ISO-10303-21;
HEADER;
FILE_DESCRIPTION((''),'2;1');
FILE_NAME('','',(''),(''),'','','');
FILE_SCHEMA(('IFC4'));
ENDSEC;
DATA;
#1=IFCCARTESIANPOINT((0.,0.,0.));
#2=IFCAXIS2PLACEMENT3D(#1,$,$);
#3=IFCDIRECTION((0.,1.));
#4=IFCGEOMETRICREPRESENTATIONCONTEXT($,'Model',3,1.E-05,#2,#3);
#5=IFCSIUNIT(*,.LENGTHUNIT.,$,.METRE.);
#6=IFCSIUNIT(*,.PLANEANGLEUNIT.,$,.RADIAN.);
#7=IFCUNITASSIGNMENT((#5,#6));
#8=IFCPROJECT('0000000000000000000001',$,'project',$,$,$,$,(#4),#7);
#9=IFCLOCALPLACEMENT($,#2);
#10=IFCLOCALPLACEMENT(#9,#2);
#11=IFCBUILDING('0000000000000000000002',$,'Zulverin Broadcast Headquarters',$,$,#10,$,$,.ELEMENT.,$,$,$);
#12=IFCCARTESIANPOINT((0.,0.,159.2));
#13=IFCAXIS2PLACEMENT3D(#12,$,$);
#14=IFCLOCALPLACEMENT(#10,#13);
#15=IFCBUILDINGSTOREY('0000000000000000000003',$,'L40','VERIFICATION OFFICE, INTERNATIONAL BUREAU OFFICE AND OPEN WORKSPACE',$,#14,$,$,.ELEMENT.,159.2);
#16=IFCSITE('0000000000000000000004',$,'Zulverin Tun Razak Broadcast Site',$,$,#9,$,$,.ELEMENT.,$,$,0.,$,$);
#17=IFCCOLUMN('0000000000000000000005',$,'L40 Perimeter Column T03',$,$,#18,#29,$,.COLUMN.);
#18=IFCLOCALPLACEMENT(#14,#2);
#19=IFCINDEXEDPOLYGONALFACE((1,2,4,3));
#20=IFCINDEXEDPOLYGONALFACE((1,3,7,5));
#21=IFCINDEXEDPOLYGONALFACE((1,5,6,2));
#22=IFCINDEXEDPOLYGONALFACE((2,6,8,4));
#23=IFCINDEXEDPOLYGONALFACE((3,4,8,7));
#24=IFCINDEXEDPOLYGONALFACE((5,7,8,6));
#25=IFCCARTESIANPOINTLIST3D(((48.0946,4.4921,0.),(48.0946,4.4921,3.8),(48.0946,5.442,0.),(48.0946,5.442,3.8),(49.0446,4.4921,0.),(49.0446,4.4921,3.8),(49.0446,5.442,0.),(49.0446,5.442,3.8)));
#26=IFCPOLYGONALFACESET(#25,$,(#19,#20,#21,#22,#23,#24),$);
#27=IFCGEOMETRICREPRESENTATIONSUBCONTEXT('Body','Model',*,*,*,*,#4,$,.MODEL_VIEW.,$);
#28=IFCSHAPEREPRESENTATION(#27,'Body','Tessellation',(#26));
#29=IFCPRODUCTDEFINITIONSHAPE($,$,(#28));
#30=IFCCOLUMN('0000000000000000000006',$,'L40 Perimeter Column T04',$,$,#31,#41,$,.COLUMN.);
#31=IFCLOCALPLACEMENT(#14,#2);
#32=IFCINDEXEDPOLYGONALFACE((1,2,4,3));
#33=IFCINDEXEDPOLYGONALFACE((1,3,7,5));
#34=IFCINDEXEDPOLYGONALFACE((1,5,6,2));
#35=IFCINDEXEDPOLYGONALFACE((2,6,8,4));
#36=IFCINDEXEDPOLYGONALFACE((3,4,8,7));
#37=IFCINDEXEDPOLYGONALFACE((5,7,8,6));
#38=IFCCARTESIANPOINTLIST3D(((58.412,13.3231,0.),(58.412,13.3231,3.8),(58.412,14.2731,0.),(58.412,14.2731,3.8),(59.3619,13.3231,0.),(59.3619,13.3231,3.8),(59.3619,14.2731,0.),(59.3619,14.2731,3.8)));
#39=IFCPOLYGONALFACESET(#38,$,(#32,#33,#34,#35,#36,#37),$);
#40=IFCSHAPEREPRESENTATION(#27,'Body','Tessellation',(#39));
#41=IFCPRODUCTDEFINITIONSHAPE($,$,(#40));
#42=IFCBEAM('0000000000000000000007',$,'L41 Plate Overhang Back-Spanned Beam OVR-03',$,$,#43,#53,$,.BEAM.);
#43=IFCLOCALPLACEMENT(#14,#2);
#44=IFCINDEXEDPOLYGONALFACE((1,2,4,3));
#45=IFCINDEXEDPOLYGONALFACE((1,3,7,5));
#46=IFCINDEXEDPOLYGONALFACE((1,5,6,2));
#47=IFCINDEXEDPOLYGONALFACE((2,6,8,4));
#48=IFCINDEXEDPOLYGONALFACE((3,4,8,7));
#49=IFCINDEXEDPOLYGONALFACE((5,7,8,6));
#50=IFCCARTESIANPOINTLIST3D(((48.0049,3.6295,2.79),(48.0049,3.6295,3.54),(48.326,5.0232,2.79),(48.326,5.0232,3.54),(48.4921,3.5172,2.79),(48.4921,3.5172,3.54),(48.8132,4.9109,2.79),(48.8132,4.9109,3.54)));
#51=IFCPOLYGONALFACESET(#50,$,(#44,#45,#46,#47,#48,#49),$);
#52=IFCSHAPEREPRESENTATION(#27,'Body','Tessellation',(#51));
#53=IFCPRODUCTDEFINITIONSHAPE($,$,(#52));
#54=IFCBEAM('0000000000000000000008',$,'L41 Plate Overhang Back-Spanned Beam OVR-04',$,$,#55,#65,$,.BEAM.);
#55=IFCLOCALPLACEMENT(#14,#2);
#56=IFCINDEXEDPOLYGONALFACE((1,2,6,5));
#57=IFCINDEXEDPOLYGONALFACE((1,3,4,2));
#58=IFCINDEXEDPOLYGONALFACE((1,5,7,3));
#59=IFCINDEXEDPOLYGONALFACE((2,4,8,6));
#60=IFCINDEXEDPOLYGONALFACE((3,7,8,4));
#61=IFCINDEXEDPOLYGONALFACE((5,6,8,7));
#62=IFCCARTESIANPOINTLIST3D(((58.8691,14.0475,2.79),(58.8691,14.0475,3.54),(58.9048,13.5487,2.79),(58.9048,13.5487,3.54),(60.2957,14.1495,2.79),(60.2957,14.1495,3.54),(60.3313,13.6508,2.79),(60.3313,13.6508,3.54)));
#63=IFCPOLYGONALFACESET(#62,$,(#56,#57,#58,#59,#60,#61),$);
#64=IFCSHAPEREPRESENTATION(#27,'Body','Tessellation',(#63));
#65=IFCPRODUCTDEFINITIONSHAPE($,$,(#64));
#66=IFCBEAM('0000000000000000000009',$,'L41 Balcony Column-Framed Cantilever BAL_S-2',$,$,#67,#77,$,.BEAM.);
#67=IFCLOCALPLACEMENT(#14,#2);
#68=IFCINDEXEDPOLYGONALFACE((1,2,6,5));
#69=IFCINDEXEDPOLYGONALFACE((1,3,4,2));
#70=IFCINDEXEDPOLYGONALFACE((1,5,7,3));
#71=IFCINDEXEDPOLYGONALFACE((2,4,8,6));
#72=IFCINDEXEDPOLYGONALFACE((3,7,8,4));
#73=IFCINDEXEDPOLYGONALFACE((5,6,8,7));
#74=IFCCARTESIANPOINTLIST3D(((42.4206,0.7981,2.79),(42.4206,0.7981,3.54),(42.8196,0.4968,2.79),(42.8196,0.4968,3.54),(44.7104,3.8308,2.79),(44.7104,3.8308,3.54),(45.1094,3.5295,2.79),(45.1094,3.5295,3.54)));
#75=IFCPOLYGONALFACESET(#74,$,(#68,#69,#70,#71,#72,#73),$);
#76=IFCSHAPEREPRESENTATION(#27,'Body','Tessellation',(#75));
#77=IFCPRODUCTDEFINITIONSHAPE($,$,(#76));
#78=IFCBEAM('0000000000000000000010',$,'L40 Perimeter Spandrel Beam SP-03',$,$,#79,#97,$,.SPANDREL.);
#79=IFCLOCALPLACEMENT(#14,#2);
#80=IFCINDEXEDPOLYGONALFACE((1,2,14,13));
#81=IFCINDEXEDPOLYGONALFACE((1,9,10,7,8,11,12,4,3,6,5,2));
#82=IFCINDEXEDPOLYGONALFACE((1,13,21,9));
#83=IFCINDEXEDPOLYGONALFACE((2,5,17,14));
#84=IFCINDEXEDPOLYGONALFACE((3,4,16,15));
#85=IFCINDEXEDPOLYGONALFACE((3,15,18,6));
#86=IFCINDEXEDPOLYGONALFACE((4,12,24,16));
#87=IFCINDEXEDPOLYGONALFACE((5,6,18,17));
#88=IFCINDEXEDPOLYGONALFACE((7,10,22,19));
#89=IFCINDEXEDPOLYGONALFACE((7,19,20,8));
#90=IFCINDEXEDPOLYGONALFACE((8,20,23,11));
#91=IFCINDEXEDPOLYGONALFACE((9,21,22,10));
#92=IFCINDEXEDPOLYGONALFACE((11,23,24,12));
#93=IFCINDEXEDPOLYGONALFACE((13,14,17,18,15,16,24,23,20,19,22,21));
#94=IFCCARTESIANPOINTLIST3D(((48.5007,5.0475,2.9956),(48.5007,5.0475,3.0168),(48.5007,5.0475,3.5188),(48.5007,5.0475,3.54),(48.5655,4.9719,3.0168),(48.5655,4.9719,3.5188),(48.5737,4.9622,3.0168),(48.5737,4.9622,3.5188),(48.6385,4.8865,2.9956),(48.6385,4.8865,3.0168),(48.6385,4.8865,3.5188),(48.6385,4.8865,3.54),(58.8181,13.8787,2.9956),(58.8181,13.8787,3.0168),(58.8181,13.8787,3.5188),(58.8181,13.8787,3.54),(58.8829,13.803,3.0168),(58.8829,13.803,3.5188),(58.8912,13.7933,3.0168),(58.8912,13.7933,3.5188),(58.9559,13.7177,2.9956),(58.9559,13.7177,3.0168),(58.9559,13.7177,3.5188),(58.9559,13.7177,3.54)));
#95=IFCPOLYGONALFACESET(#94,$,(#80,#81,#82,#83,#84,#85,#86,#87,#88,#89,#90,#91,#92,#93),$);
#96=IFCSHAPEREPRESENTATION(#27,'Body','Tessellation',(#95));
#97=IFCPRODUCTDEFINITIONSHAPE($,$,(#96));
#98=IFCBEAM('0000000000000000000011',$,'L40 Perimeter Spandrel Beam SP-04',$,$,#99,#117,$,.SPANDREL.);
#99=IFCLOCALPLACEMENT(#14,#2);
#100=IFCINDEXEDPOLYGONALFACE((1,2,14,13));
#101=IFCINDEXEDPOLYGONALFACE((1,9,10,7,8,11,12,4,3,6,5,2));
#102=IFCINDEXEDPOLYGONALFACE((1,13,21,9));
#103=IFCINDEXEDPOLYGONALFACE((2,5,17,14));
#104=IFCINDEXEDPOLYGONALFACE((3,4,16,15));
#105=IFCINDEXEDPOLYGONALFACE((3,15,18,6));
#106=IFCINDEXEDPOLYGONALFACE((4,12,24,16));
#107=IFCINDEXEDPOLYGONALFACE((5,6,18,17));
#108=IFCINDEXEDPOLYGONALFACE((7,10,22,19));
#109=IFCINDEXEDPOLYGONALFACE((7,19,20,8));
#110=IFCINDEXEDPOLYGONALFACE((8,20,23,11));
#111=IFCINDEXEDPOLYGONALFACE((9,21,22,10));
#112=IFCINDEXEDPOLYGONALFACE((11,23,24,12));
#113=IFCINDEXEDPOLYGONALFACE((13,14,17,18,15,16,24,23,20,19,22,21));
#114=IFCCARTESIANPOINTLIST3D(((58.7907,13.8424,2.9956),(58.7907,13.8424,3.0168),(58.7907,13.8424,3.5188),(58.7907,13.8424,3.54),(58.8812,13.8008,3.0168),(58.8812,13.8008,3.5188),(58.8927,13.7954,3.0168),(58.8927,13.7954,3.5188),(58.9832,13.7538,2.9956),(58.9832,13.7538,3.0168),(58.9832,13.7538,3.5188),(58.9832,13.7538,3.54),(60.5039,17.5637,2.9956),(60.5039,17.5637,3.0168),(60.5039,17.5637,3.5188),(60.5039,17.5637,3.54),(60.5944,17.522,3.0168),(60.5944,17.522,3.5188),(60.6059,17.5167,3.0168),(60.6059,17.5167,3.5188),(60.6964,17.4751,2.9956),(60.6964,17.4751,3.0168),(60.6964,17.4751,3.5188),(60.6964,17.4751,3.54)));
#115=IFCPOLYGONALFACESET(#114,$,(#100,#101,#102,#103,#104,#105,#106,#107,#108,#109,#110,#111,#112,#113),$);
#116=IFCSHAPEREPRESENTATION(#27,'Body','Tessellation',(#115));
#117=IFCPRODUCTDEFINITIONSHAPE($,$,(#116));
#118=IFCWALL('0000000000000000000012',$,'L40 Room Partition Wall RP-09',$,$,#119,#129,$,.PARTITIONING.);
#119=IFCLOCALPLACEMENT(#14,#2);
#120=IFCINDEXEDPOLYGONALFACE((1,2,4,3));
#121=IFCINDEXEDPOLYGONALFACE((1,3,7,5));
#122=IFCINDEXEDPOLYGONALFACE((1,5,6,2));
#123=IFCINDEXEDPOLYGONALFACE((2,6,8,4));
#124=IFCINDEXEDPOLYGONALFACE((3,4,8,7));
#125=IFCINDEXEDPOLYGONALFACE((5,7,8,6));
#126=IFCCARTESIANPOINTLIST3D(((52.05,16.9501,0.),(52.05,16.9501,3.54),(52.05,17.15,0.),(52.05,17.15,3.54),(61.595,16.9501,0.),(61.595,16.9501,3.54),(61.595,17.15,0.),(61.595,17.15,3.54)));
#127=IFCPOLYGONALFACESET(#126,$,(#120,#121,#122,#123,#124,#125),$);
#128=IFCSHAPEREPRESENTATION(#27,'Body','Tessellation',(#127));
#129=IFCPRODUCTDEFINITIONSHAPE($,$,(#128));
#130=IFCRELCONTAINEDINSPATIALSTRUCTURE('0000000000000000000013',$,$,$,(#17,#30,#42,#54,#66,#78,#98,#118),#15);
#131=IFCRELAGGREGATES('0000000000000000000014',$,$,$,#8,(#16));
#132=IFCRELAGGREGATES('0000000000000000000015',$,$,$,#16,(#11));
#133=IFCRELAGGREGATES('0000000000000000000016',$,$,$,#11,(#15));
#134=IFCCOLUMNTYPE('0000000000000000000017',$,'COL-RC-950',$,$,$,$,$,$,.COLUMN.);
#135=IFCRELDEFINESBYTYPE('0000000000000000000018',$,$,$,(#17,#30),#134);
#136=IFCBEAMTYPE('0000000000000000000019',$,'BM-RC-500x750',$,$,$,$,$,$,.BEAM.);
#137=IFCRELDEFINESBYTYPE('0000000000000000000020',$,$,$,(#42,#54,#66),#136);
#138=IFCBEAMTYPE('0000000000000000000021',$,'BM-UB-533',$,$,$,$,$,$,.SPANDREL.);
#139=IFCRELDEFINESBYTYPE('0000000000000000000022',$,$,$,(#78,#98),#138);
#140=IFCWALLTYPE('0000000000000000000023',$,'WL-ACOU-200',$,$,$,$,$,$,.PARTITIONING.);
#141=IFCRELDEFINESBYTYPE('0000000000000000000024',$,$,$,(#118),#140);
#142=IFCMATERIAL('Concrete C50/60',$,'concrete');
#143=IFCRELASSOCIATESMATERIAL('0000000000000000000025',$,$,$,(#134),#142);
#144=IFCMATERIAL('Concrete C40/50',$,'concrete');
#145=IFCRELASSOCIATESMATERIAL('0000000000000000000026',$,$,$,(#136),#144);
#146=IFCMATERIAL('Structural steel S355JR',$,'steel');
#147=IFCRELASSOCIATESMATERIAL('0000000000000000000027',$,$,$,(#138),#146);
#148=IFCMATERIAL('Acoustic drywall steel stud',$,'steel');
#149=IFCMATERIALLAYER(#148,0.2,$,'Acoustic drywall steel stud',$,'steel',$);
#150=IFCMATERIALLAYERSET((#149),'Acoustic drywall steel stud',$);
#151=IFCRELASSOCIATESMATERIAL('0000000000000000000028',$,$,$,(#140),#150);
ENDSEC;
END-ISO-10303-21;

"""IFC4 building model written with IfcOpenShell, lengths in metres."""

from ifc_helpers import new_model, si_unit, direction, frame, frame_2d, origin, origin_2d, place, context, subcontext, project, spatial, rectangle, i_section, extrude, material, layer, layer_set, material_profile, profile_set, type_object, element, save


model = new_model("IFC4")

# Units and contexts
model_context = context("Model", 3, precision=1e-05, world=origin(), true_north=direction((0.0, 1.0)))
body_context = subcontext(model_context, "Body", "Model", "MODEL_VIEW")
ifc_project = project(units=[si_unit("LENGTHUNIT", "METRE"), si_unit("PLANEANGLEUNIT", "RADIAN")], contexts=[model_context])

# Site, building, storey
site_placement = place(None, origin())
site = spatial("IfcSite", under=ifc_project, at=site_placement, Name="Zulverin Tun Razak Broadcast Site", CompositionType="ELEMENT", RefElevation=0.0)
building_placement = place(site_placement, origin())
building = spatial("IfcBuilding", under=site, at=building_placement, Name="Zulverin Broadcast Headquarters", CompositionType="ELEMENT")
storey_placement = place(building_placement, frame((0.0, 0.0, 159.2)))
storey = spatial("IfcBuildingStorey", under=building, at=storey_placement, Name="L40", Description="VERIFICATION OFFICE, INTERNATIONAL BUREAU OFFICE AND OPEN WORKSPACE", CompositionType="ELEMENT", Elevation=159.2)

# Columns
ifc_material_1 = material(Name="Concrete C50/60", Category="concrete")
ifc_material_profile_1 = material_profile(ifc_material_1, rectangle(XDim=0.95, YDim=0.95, at=origin_2d()), Name="Concrete C50/60", Category="concrete")
ifc_profile_set_1 = profile_set([ifc_material_profile_1], Name="Concrete C50/60")
column_type = type_object("IfcColumnType", Name="COL-RC-950", PredefinedType="COLUMN", material=ifc_profile_set_1)
for number, where, z_axis, x_axis, name in (
    (1, (48.5696, 4.967, 0.0), (0.0, 0.0, 1.0), (1.0, 0.0, 0.0), "L40 Perimeter Column T03"),
    (2, (58.887, 13.7981, 0.0), (0.0, 0.0, 1.0), (1.0, 0.0, 0.0), "L40 Perimeter Column T04"),
):
    element("IfcColumn", number, at=place(storey_placement, frame(where, z_axis=z_axis, x_axis=x_axis)), inside=storey, type_object=column_type, Name=name, PredefinedType="COLUMN", context=body_context, shape_type="SweptSolid", body=[
        extrude(rectangle(XDim=0.95, YDim=0.95, at=origin_2d()), origin(), (0.0, 0.0, 1.0), 3.8),
    ])

# Beams
ifc_material_2 = material(Name="Concrete C40/50", Category="concrete")
ifc_material_profile_2 = material_profile(ifc_material_2, rectangle(XDim=0.5, YDim=0.75, at=origin_2d()), Name="Concrete C40/50", Category="concrete")
ifc_profile_set_2 = profile_set([ifc_material_profile_2], Name="Concrete C40/50")
beam_type_1 = type_object("IfcBeamType", Name="BM-RC-500x750", PredefinedType="BEAM", material=ifc_profile_set_2)
for number, where, z_axis, x_axis, name in (
    (3, (48.5696, 4.967, 3.165), (-0.224498, -0.974475, 0.0), (0.974475, -0.224498, 0.0), "L41 Plate Overhang Back-Spanned Beam OVR-03"),
    (4, (58.887, 13.7981, 3.165), (0.997451, 0.071356, 0.0), (-0.071356, 0.997451, 0.0), "L41 Plate Overhang Back-Spanned Beam OVR-04"),
):
    element("IfcBeam", number, at=place(storey_placement, frame(where, z_axis=z_axis, x_axis=x_axis)), inside=storey, type_object=beam_type_1, Name=name, PredefinedType="BEAM", context=body_context, shape_type="SweptSolid", body=[
        extrude(rectangle(XDim=0.5, YDim=0.75, at=origin_2d()), origin(), (0.0, 0.0, 1.0), 1.4302),
    ])
beam_1_placement = place(storey_placement, frame((44.9099, 3.6802, 3.165), z_axis=(-0.602567, -0.798068, 0.0), x_axis=(0.798068, -0.602567, 0.0)))
element("IfcBeam", 5, at=beam_1_placement, inside=storey, type_object=beam_type_1, Name="L41 Balcony Column-Framed Cantilever BAL_S-2", PredefinedType="BEAM", context=body_context, shape_type="SweptSolid", body=[
    extrude(rectangle(XDim=0.5, YDim=0.75, at=origin_2d()), origin(), (0.0, 0.0, 1.0), 3.8),
])
ifc_material_3 = material(Name="Structural steel S355JR", Category="steel")
ifc_material_profile_3 = material_profile(ifc_material_3, i_section(OverallWidth=0.2119, OverallDepth=0.5444, WebThickness=0.0127, FlangeThickness=0.0212, at=origin_2d()), Name="Structural steel S355JR", Category="steel")
ifc_profile_set_3 = profile_set([ifc_material_profile_3], Name="Structural steel S355JR")
beam_type_2 = type_object("IfcBeamType", Name="BM-UB-533", PredefinedType="SPANDREL", material=ifc_profile_set_3)
beam_2_placement = place(storey_placement, frame((48.5696, 4.967, 3.2678), z_axis=(0.759708, 0.650264, 0.0), x_axis=(-0.650264, 0.759708, 0.0)))
element("IfcBeam", 6, at=beam_2_placement, inside=storey, type_object=beam_type_2, Name="L40 Perimeter Spandrel Beam SP-03", PredefinedType="SPANDREL", context=body_context, shape_type="SweptSolid", body=[
    extrude(i_section(OverallWidth=0.2119, OverallDepth=0.5444, WebThickness=0.0127, FlangeThickness=0.0212, at=origin_2d()), origin(), (0.0, 0.0, 1.0), 13.5808),
])
beam_3_placement = place(storey_placement, frame((58.887, 13.7981, 3.2678), z_axis=(0.418185, 0.908362, 0.0), x_axis=(-0.908362, 0.418185, 0.0)))
element("IfcBeam", 7, at=beam_3_placement, inside=storey, type_object=beam_type_2, Name="L40 Perimeter Spandrel Beam SP-04", PredefinedType="SPANDREL", context=body_context, shape_type="SweptSolid", body=[
    extrude(i_section(OverallWidth=0.2119, OverallDepth=0.5444, WebThickness=0.0127, FlangeThickness=0.0212, at=origin_2d()), origin(), (0.0, 0.0, 1.0), 4.0967),
])

# Wall
ifc_material_4 = material(Name="Acoustic drywall steel stud", Category="steel")
ifc_layer_1 = layer(ifc_material_4, 0.2, Name="Acoustic drywall steel stud", Category="steel")
ifc_layer_set_1 = layer_set([ifc_layer_1], Name="Acoustic drywall steel stud")
wall_type_1 = type_object("IfcWallType", Name="WL-ACOU-200", PredefinedType="PARTITIONING", material=ifc_layer_set_1)
wall_1_placement = place(storey_placement, frame((52.05, 17.05, 0.0), z_axis=(0.0, 0.0, 1.0), x_axis=(1.0, 0.0, 0.0)))
element("IfcWall", 8, at=wall_1_placement, inside=storey, type_object=wall_type_1, Name="L40 Room Partition Wall RP-09", PredefinedType="PARTITIONING", context=body_context, shape_type="SweptSolid", body=[
    extrude(rectangle(XDim=9.5449, YDim=0.2, at=frame_2d((4.7725, 0.0))), origin(), (0.0, 0.0, 1.0), 3.54),
])

save(model, "model.ifc")
